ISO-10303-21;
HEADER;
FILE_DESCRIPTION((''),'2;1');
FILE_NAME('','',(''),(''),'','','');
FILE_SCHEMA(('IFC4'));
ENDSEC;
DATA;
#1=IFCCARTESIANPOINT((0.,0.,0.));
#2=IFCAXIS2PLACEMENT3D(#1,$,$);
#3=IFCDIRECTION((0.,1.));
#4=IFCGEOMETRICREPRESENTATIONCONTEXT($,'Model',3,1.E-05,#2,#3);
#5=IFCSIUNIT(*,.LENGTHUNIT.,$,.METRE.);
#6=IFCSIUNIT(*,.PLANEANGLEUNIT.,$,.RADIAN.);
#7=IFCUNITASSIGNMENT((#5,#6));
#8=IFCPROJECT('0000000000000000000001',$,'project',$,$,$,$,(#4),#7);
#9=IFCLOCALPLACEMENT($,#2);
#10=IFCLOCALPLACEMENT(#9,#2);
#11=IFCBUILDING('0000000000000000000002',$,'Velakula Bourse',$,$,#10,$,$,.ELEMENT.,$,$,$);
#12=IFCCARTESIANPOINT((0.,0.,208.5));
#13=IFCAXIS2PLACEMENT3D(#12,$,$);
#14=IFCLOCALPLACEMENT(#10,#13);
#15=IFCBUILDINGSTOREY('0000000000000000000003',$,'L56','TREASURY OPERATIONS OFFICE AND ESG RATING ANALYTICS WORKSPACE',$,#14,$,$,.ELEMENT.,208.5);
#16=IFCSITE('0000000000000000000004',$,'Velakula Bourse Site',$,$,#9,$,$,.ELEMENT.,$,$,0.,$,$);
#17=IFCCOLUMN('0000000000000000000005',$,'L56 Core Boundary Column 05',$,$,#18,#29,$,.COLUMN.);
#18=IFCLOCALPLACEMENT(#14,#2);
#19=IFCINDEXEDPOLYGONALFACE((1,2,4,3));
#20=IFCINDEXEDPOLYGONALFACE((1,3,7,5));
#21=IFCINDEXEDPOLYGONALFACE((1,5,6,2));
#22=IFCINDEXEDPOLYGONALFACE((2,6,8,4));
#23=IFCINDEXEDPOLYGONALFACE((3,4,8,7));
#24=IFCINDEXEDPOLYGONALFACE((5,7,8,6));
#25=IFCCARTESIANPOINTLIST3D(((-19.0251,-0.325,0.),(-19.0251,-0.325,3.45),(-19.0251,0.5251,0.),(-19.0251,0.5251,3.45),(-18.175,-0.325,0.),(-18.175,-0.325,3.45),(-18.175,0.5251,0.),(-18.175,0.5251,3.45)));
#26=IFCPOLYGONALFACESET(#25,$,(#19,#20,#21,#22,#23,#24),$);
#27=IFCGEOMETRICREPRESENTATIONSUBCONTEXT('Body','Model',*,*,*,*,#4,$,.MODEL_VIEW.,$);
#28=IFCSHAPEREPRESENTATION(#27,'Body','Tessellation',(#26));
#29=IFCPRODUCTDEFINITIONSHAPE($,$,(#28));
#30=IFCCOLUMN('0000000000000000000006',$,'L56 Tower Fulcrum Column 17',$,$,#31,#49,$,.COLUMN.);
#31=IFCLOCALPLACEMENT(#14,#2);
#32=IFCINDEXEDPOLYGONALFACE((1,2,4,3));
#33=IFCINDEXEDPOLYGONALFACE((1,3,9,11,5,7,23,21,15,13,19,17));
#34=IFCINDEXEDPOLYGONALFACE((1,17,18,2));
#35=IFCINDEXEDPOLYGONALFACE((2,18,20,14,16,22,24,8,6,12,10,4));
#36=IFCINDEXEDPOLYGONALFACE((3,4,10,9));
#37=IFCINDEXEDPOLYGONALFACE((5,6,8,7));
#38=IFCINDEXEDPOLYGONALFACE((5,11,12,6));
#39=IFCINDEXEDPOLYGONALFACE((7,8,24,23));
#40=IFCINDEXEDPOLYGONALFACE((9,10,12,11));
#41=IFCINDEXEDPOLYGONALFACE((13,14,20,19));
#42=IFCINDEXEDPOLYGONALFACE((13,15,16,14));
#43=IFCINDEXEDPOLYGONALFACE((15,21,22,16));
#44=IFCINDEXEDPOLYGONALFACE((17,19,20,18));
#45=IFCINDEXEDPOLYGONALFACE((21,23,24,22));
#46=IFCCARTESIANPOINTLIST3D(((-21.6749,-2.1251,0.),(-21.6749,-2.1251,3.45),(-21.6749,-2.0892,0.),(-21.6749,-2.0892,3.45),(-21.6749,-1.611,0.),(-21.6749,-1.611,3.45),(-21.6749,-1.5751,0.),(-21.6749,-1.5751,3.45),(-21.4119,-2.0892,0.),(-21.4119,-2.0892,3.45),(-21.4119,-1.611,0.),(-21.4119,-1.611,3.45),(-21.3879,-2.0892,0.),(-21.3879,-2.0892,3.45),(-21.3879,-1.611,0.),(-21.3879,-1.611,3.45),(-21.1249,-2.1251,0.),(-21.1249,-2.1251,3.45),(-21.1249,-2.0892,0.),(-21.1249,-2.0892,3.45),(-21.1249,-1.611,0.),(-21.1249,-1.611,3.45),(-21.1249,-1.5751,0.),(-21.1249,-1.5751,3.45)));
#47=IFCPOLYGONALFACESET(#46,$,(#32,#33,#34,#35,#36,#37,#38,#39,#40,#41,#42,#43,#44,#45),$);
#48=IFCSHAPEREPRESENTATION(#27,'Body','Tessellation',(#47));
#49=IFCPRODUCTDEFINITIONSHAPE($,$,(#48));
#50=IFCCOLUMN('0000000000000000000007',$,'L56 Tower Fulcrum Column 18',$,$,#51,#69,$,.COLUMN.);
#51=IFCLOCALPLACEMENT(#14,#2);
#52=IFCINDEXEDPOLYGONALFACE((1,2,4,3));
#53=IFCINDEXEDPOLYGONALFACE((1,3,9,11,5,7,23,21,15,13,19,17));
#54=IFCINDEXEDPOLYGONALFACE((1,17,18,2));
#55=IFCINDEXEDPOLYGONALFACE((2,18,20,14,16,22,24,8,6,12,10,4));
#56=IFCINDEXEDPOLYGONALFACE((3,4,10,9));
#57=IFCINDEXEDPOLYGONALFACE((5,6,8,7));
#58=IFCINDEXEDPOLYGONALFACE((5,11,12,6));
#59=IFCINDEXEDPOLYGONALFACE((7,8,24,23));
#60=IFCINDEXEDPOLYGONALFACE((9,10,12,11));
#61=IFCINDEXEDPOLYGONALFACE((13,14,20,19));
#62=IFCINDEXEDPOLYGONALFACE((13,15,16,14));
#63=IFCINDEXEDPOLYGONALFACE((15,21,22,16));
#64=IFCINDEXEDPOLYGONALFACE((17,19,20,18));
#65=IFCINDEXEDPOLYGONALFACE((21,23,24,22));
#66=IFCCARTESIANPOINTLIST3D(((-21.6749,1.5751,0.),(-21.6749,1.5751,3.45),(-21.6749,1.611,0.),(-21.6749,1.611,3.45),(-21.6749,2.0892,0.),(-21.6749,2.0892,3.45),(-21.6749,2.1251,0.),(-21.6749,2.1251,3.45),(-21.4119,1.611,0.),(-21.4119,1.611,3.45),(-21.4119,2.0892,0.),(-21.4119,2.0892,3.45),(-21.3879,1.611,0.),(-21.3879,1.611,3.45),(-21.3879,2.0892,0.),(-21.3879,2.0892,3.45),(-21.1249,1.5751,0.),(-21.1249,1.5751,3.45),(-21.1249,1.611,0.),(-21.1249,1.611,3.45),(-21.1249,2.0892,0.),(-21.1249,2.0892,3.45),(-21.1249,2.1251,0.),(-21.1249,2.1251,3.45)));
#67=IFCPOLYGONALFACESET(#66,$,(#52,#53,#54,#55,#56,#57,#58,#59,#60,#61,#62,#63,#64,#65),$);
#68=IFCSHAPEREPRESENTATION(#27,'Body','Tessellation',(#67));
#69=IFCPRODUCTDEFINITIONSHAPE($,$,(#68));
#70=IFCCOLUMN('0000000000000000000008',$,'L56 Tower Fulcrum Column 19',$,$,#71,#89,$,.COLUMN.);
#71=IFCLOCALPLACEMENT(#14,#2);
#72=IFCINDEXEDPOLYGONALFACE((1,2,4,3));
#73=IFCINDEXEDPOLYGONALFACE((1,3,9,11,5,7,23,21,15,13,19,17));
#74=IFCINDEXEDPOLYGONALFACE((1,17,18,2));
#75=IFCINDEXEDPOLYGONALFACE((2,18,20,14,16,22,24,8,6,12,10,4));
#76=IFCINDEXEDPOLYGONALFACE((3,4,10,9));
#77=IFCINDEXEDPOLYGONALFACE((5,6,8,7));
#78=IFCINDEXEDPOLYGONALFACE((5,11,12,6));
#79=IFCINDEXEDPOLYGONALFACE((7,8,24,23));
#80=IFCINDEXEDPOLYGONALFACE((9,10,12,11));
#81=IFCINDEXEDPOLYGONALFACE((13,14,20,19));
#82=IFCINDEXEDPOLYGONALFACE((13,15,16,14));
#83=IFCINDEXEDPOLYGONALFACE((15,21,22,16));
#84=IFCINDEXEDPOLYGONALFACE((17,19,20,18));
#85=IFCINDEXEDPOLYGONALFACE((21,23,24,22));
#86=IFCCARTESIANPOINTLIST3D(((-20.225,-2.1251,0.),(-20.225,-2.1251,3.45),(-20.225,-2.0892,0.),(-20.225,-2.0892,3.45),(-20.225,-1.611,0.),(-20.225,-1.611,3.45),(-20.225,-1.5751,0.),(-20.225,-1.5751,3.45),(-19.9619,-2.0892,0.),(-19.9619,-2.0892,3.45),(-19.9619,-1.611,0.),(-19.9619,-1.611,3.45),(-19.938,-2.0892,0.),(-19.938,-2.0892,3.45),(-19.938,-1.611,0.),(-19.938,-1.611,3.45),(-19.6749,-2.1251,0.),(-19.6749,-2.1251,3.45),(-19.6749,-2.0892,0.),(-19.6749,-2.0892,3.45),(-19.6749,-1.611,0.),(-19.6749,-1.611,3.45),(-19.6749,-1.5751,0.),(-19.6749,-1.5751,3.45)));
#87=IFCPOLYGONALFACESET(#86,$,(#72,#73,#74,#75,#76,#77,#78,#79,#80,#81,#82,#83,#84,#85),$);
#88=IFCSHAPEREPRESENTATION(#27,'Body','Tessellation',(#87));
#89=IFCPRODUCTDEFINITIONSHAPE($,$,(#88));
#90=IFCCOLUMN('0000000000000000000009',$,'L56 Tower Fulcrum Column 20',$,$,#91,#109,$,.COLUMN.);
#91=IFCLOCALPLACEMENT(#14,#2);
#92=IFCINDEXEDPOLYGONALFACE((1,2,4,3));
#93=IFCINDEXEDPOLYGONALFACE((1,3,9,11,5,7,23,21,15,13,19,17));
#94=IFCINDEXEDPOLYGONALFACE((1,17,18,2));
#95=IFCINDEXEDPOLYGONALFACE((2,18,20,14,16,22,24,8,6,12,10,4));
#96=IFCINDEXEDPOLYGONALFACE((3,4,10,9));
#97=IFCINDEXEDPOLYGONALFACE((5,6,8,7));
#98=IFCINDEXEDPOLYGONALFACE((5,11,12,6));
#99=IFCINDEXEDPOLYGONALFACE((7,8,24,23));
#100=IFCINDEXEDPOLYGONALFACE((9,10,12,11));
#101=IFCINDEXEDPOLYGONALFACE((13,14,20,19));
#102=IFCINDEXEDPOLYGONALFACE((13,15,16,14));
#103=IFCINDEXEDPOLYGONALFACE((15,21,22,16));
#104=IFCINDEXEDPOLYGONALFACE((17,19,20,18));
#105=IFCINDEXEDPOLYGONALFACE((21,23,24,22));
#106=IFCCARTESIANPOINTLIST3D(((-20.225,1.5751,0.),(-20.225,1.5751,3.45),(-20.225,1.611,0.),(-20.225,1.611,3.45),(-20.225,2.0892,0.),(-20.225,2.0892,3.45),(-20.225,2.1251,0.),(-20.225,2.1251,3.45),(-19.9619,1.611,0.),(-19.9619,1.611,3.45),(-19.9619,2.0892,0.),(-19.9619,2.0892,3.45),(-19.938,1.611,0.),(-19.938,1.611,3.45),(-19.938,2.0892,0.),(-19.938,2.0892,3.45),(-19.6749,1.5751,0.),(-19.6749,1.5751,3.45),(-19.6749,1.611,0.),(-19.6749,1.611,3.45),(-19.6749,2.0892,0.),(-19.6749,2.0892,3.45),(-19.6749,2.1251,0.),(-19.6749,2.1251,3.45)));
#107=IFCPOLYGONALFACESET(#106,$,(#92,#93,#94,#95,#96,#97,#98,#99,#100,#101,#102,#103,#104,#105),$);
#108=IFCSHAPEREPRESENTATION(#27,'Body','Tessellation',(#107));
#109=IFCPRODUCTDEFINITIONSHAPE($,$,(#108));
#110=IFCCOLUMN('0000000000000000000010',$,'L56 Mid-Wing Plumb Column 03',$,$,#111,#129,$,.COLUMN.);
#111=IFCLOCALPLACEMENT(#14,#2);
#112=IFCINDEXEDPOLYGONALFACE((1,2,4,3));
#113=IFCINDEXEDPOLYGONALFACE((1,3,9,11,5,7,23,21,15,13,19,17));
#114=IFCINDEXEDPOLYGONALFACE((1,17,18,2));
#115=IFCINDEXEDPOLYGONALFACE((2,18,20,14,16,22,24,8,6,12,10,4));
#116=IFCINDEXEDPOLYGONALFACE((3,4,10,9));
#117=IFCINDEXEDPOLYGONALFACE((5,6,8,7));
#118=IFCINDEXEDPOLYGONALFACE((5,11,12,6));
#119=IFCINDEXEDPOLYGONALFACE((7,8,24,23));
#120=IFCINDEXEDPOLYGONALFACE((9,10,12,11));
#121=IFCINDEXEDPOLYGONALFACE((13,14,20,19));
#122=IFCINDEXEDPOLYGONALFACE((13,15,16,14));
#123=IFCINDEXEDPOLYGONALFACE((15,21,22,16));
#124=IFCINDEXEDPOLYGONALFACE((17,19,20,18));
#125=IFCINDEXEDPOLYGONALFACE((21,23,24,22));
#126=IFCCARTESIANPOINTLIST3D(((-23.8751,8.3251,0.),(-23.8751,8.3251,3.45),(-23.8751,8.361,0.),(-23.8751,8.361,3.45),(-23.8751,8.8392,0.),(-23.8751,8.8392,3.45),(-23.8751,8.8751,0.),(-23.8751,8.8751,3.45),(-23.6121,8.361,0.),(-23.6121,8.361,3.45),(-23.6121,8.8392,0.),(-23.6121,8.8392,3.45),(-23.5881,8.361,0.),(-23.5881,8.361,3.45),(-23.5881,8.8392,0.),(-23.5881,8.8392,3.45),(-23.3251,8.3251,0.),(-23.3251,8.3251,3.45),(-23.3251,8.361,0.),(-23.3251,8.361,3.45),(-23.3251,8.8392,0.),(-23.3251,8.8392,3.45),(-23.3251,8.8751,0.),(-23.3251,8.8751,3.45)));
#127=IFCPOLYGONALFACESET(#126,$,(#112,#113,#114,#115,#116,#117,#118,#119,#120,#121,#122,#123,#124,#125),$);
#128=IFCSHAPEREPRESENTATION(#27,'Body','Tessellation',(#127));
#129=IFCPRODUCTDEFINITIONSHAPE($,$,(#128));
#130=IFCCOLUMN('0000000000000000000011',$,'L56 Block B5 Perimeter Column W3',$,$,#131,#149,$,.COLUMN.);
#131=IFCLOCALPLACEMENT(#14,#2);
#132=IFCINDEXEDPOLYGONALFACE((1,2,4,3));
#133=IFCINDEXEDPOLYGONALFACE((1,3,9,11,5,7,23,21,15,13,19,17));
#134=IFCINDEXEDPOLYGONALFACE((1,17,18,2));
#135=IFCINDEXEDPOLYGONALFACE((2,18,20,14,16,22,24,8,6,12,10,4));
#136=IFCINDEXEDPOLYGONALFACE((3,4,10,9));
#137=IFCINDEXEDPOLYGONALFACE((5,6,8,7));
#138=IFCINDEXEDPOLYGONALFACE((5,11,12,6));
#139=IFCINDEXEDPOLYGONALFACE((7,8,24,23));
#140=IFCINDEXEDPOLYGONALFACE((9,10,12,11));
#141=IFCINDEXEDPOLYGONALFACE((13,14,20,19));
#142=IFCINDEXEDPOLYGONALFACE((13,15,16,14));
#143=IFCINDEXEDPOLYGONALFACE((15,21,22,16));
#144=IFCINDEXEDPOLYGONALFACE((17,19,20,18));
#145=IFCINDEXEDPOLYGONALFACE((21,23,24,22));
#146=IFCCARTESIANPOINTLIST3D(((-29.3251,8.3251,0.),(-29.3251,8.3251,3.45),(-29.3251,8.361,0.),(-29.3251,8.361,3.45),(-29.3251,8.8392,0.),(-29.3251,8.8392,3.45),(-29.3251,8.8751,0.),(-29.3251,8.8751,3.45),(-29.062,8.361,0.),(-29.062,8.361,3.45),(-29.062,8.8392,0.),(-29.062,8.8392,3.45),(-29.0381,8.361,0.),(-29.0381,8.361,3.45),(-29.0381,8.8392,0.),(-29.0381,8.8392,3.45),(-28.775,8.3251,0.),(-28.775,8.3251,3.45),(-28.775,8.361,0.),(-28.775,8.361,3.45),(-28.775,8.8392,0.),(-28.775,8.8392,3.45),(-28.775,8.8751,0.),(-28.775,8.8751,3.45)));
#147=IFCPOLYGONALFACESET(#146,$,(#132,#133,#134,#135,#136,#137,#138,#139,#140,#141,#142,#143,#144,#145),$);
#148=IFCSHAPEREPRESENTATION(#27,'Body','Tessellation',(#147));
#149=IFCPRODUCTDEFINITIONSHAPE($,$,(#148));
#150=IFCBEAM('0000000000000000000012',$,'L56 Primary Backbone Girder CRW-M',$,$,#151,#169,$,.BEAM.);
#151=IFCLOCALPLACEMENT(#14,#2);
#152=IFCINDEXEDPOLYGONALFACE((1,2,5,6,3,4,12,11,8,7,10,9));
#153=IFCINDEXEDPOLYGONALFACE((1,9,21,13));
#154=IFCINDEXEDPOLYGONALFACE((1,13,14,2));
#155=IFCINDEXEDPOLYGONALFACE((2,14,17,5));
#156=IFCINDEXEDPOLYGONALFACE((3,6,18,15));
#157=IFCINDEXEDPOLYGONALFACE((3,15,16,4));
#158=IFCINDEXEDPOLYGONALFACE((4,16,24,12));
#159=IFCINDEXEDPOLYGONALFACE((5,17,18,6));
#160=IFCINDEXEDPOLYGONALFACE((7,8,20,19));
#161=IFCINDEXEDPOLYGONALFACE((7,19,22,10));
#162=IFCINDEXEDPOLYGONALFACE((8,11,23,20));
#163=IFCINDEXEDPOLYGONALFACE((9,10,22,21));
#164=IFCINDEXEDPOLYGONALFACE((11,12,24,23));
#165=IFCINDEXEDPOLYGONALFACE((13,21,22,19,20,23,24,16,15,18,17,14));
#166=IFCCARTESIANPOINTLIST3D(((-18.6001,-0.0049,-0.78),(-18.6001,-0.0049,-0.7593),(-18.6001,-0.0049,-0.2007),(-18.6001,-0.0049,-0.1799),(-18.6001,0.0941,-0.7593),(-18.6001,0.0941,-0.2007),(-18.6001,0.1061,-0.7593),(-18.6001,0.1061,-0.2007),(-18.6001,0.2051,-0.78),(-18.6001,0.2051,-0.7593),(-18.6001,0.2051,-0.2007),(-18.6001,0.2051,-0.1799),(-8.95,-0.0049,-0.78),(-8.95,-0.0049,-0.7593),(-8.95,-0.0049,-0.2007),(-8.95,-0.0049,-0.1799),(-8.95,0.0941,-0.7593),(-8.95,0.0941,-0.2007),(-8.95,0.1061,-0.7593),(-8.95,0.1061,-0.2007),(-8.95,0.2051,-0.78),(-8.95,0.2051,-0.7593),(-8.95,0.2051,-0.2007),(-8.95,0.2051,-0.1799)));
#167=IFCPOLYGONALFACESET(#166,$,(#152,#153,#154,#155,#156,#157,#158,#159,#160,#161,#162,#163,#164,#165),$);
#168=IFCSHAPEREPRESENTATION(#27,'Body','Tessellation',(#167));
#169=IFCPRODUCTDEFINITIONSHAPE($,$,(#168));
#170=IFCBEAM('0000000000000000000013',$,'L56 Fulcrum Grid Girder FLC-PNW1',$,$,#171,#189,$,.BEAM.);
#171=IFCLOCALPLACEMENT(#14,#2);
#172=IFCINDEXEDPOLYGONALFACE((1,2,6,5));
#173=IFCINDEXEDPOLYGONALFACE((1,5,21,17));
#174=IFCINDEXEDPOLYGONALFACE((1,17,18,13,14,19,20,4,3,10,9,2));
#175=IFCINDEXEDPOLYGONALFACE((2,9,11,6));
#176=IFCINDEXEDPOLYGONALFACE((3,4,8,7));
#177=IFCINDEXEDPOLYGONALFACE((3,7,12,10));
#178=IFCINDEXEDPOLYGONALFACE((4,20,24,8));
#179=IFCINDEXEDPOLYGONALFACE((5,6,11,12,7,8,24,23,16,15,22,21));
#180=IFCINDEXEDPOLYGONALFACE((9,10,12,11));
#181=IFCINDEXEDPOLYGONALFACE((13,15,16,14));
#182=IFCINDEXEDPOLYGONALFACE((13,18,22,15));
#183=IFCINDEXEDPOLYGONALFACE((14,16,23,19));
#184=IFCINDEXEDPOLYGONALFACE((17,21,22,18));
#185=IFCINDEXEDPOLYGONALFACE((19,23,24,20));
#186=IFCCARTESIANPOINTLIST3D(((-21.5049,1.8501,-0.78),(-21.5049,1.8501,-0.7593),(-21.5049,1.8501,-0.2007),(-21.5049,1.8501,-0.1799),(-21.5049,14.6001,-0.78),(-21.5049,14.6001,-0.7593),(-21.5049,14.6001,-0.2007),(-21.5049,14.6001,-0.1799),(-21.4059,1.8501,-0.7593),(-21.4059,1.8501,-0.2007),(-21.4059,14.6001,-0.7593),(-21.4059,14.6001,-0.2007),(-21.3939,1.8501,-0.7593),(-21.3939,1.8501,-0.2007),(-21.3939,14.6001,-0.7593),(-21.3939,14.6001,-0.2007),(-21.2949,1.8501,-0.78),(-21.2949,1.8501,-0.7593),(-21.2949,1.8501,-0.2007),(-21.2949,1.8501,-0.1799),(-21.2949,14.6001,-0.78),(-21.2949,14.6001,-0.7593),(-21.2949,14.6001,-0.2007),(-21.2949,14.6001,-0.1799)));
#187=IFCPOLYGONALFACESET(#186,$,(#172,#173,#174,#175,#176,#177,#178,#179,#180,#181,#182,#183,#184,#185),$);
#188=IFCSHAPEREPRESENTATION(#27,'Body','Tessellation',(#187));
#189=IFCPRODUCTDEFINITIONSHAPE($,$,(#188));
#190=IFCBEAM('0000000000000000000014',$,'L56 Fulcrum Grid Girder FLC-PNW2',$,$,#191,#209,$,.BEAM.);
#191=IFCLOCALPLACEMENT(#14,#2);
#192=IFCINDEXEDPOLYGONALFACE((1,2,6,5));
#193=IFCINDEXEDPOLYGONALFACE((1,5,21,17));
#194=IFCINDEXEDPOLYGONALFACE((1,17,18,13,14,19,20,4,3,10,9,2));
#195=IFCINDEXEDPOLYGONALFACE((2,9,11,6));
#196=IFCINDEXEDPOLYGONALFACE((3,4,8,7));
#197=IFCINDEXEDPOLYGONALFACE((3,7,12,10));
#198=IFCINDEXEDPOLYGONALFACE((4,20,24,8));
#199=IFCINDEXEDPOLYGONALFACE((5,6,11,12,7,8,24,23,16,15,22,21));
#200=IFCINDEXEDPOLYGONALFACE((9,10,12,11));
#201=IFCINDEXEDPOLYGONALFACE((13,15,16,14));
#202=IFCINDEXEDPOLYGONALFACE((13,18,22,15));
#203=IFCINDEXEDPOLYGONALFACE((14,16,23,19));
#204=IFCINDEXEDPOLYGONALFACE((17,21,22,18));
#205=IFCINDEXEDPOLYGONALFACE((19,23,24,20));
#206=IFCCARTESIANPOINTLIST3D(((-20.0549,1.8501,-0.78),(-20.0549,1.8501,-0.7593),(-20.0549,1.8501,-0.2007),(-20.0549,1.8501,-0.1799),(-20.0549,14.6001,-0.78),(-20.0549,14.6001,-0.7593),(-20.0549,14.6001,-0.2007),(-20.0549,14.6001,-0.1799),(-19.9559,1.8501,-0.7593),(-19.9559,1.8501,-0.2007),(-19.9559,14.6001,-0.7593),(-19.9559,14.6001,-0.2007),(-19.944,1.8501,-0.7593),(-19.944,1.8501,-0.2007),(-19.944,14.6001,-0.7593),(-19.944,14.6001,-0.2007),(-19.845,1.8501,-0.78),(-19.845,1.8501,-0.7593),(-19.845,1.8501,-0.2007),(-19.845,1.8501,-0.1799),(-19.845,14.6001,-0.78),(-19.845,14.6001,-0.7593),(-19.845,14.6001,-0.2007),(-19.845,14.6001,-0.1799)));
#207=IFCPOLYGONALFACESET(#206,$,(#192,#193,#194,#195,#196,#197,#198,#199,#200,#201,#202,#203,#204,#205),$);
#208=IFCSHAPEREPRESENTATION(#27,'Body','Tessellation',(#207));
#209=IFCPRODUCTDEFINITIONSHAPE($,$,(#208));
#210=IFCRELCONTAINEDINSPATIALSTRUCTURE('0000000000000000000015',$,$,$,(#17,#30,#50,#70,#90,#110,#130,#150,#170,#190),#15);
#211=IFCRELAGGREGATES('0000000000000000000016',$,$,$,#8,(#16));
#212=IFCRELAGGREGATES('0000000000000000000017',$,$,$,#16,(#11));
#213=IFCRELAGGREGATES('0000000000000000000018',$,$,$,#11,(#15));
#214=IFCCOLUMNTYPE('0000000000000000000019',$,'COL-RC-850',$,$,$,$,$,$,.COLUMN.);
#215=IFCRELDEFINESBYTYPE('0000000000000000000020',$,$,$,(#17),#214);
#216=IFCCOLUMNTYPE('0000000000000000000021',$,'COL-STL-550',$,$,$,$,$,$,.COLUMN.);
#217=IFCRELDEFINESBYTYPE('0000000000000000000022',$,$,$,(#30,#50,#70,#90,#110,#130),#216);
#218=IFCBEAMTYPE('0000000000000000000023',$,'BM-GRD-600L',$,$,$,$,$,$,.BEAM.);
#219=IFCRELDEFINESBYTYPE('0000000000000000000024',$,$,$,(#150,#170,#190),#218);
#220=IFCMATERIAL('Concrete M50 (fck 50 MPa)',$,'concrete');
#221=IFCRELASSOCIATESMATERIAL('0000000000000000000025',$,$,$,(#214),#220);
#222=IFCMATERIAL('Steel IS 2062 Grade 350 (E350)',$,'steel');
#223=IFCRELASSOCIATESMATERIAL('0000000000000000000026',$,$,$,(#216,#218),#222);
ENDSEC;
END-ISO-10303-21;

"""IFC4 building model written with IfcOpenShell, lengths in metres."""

from ifc_helpers import new_model, si_unit, direction, frame, origin, origin_2d, place, context, subcontext, project, spatial, rectangle, i_section, extrude, material, material_profile, profile_set, type_object, element, save


model = new_model("IFC4")

# Units and contexts
model_context = context("Model", 3, precision=1e-05, world=origin(), true_north=direction((0.0, 1.0)))
body_context = subcontext(model_context, "Body", "Model", "MODEL_VIEW")
ifc_project = project(units=[si_unit("LENGTHUNIT", "METRE"), si_unit("PLANEANGLEUNIT", "RADIAN")], contexts=[model_context])

# Site, building, storey
site_placement = place(None, origin())
site = spatial("IfcSite", under=ifc_project, at=site_placement, Name="Velakula Bourse Site", CompositionType="ELEMENT", RefElevation=0.0)
building_placement = place(site_placement, origin())
building = spatial("IfcBuilding", under=site, at=building_placement, Name="Velakula Bourse", CompositionType="ELEMENT")
storey_placement = place(building_placement, frame((0.0, 0.0, 208.5)))
storey = spatial("IfcBuildingStorey", under=building, at=storey_placement, Name="L56", Description="TREASURY OPERATIONS OFFICE AND ESG RATING ANALYTICS WORKSPACE", CompositionType="ELEMENT", Elevation=208.5)

# Columns
ifc_material_1 = material(Name="Concrete M50 (fck 50 MPa)", Category="concrete")
ifc_material_profile_1 = material_profile(ifc_material_1, rectangle(XDim=0.8501, YDim=0.8501, at=origin_2d()), Name="Concrete M50 (fck 50 MPa)")
ifc_profile_set_1 = profile_set([ifc_material_profile_1], Name="Concrete M50 (fck 50 MPa)")
column_type_1 = type_object("IfcColumnType", Name="COL-RC-850", PredefinedType="COLUMN", material=ifc_profile_set_1)
column_placement = place(storey_placement, frame((-18.6001, 0.1001, 0.0), z_axis=(0.0, 0.0, 1.0), x_axis=(1.0, 0.0, 0.0)))
element("IfcColumn", 1, at=column_placement, inside=storey, type_object=column_type_1, Name="L56 Core Boundary Column 05", PredefinedType="COLUMN", context=body_context, shape_type="SweptSolid", body=[
    extrude(rectangle(XDim=0.8501, YDim=0.8501, at=origin_2d()), origin(), (0.0, 0.0, 1.0), 3.45),
])
ifc_material_2 = material(Name="Steel IS 2062 Grade 350 (E350)", Category="steel")
ifc_material_profile_2 = material_profile(ifc_material_2, i_section(OverallWidth=0.55, OverallDepth=0.55, WebThickness=0.0239, FlangeThickness=0.0359, at=origin_2d()), Name="Steel IS 2062 Grade 350 (E350)")
ifc_profile_set_2 = profile_set([ifc_material_profile_2], Name="Steel IS 2062 Grade 350 (E350)")
column_type_2 = type_object("IfcColumnType", Name="COL-STL-550", PredefinedType="COLUMN", material=ifc_profile_set_2)
for number, where, z_axis, x_axis, name in (
    (2, (-21.3999, -1.8501, 0.0), (0.0, 0.0, 1.0), (1.0, 0.0, 0.0), "L56 Tower Fulcrum Column 17"),
    (3, (-21.3999, 1.8501, 0.0), (0.0, 0.0, 1.0), (1.0, 0.0, 0.0), "L56 Tower Fulcrum Column 18"),
    (4, (-19.95, -1.8501, 0.0), (0.0, 0.0, 1.0), (1.0, 0.0, 0.0), "L56 Tower Fulcrum Column 19"),
    (5, (-19.95, 1.8501, 0.0), (0.0, 0.0, 1.0), (1.0, 0.0, 0.0), "L56 Tower Fulcrum Column 20"),
    (6, (-23.6001, 8.6001, 0.0), (0.0, 0.0, 1.0), (1.0, 0.0, 0.0), "L56 Mid-Wing Plumb Column 03"),
    (7, (-29.05, 8.6001, 0.0), (0.0, 0.0, 1.0), (1.0, 0.0, 0.0), "L56 Block B5 Perimeter Column W3"),
):
    element("IfcColumn", number, at=place(storey_placement, frame(where, z_axis=z_axis, x_axis=x_axis)), inside=storey, type_object=column_type_2, Name=name, PredefinedType="COLUMN", context=body_context, shape_type="SweptSolid", body=[
        extrude(i_section(OverallWidth=0.55, OverallDepth=0.55, WebThickness=0.0239, FlangeThickness=0.0359, at=origin_2d()), origin(), (0.0, 0.0, 1.0), 3.45),
    ])

# Beams
ifc_material_profile_3 = material_profile(ifc_material_2, i_section(OverallWidth=0.21, OverallDepth=0.6001, WebThickness=0.012, FlangeThickness=0.0208, at=origin_2d()), Name="Steel IS 2062 Grade 350 (E350)")
ifc_profile_set_3 = profile_set([ifc_material_profile_3], Name="Steel IS 2062 Grade 350 (E350)")
beam_type_1 = type_object("IfcBeamType", Name="BM-GRD-600L", PredefinedType="BEAM", material=ifc_profile_set_3)
beam_1_placement = place(storey_placement, frame((-18.6001, 0.1001, -0.48), z_axis=(1.0, 0.0, 0.0), x_axis=(0.0, 1.0, 0.0)))
element("IfcBeam", 8, at=beam_1_placement, inside=storey, type_object=beam_type_1, Name="L56 Primary Backbone Girder CRW-M", PredefinedType="BEAM", context=body_context, shape_type="SweptSolid", body=[
    extrude(i_section(OverallWidth=0.21, OverallDepth=0.6001, WebThickness=0.012, FlangeThickness=0.0208, at=origin_2d()), origin(), (0.0, 0.0, 1.0), 9.6501),
])
for number, where, z_axis, x_axis, name in (
    (9, (-21.3999, 1.8501, -0.48), (0.0, 1.0, 0.0), (-1.0, 0.0, 0.0), "L56 Fulcrum Grid Girder FLC-PNW1"),
    (10, (-19.95, 1.8501, -0.48), (0.0, 1.0, 0.0), (-1.0, 0.0, 0.0), "L56 Fulcrum Grid Girder FLC-PNW2"),
):
    element("IfcBeam", number, at=place(storey_placement, frame(where, z_axis=z_axis, x_axis=x_axis)), inside=storey, type_object=beam_type_1, Name=name, PredefinedType="BEAM", context=body_context, shape_type="SweptSolid", body=[
        extrude(i_section(OverallWidth=0.21, OverallDepth=0.6001, WebThickness=0.012, FlangeThickness=0.0208, at=origin_2d()), origin(), (0.0, 0.0, 1.0), 12.75),
    ])

save(model, "model.ifc")
